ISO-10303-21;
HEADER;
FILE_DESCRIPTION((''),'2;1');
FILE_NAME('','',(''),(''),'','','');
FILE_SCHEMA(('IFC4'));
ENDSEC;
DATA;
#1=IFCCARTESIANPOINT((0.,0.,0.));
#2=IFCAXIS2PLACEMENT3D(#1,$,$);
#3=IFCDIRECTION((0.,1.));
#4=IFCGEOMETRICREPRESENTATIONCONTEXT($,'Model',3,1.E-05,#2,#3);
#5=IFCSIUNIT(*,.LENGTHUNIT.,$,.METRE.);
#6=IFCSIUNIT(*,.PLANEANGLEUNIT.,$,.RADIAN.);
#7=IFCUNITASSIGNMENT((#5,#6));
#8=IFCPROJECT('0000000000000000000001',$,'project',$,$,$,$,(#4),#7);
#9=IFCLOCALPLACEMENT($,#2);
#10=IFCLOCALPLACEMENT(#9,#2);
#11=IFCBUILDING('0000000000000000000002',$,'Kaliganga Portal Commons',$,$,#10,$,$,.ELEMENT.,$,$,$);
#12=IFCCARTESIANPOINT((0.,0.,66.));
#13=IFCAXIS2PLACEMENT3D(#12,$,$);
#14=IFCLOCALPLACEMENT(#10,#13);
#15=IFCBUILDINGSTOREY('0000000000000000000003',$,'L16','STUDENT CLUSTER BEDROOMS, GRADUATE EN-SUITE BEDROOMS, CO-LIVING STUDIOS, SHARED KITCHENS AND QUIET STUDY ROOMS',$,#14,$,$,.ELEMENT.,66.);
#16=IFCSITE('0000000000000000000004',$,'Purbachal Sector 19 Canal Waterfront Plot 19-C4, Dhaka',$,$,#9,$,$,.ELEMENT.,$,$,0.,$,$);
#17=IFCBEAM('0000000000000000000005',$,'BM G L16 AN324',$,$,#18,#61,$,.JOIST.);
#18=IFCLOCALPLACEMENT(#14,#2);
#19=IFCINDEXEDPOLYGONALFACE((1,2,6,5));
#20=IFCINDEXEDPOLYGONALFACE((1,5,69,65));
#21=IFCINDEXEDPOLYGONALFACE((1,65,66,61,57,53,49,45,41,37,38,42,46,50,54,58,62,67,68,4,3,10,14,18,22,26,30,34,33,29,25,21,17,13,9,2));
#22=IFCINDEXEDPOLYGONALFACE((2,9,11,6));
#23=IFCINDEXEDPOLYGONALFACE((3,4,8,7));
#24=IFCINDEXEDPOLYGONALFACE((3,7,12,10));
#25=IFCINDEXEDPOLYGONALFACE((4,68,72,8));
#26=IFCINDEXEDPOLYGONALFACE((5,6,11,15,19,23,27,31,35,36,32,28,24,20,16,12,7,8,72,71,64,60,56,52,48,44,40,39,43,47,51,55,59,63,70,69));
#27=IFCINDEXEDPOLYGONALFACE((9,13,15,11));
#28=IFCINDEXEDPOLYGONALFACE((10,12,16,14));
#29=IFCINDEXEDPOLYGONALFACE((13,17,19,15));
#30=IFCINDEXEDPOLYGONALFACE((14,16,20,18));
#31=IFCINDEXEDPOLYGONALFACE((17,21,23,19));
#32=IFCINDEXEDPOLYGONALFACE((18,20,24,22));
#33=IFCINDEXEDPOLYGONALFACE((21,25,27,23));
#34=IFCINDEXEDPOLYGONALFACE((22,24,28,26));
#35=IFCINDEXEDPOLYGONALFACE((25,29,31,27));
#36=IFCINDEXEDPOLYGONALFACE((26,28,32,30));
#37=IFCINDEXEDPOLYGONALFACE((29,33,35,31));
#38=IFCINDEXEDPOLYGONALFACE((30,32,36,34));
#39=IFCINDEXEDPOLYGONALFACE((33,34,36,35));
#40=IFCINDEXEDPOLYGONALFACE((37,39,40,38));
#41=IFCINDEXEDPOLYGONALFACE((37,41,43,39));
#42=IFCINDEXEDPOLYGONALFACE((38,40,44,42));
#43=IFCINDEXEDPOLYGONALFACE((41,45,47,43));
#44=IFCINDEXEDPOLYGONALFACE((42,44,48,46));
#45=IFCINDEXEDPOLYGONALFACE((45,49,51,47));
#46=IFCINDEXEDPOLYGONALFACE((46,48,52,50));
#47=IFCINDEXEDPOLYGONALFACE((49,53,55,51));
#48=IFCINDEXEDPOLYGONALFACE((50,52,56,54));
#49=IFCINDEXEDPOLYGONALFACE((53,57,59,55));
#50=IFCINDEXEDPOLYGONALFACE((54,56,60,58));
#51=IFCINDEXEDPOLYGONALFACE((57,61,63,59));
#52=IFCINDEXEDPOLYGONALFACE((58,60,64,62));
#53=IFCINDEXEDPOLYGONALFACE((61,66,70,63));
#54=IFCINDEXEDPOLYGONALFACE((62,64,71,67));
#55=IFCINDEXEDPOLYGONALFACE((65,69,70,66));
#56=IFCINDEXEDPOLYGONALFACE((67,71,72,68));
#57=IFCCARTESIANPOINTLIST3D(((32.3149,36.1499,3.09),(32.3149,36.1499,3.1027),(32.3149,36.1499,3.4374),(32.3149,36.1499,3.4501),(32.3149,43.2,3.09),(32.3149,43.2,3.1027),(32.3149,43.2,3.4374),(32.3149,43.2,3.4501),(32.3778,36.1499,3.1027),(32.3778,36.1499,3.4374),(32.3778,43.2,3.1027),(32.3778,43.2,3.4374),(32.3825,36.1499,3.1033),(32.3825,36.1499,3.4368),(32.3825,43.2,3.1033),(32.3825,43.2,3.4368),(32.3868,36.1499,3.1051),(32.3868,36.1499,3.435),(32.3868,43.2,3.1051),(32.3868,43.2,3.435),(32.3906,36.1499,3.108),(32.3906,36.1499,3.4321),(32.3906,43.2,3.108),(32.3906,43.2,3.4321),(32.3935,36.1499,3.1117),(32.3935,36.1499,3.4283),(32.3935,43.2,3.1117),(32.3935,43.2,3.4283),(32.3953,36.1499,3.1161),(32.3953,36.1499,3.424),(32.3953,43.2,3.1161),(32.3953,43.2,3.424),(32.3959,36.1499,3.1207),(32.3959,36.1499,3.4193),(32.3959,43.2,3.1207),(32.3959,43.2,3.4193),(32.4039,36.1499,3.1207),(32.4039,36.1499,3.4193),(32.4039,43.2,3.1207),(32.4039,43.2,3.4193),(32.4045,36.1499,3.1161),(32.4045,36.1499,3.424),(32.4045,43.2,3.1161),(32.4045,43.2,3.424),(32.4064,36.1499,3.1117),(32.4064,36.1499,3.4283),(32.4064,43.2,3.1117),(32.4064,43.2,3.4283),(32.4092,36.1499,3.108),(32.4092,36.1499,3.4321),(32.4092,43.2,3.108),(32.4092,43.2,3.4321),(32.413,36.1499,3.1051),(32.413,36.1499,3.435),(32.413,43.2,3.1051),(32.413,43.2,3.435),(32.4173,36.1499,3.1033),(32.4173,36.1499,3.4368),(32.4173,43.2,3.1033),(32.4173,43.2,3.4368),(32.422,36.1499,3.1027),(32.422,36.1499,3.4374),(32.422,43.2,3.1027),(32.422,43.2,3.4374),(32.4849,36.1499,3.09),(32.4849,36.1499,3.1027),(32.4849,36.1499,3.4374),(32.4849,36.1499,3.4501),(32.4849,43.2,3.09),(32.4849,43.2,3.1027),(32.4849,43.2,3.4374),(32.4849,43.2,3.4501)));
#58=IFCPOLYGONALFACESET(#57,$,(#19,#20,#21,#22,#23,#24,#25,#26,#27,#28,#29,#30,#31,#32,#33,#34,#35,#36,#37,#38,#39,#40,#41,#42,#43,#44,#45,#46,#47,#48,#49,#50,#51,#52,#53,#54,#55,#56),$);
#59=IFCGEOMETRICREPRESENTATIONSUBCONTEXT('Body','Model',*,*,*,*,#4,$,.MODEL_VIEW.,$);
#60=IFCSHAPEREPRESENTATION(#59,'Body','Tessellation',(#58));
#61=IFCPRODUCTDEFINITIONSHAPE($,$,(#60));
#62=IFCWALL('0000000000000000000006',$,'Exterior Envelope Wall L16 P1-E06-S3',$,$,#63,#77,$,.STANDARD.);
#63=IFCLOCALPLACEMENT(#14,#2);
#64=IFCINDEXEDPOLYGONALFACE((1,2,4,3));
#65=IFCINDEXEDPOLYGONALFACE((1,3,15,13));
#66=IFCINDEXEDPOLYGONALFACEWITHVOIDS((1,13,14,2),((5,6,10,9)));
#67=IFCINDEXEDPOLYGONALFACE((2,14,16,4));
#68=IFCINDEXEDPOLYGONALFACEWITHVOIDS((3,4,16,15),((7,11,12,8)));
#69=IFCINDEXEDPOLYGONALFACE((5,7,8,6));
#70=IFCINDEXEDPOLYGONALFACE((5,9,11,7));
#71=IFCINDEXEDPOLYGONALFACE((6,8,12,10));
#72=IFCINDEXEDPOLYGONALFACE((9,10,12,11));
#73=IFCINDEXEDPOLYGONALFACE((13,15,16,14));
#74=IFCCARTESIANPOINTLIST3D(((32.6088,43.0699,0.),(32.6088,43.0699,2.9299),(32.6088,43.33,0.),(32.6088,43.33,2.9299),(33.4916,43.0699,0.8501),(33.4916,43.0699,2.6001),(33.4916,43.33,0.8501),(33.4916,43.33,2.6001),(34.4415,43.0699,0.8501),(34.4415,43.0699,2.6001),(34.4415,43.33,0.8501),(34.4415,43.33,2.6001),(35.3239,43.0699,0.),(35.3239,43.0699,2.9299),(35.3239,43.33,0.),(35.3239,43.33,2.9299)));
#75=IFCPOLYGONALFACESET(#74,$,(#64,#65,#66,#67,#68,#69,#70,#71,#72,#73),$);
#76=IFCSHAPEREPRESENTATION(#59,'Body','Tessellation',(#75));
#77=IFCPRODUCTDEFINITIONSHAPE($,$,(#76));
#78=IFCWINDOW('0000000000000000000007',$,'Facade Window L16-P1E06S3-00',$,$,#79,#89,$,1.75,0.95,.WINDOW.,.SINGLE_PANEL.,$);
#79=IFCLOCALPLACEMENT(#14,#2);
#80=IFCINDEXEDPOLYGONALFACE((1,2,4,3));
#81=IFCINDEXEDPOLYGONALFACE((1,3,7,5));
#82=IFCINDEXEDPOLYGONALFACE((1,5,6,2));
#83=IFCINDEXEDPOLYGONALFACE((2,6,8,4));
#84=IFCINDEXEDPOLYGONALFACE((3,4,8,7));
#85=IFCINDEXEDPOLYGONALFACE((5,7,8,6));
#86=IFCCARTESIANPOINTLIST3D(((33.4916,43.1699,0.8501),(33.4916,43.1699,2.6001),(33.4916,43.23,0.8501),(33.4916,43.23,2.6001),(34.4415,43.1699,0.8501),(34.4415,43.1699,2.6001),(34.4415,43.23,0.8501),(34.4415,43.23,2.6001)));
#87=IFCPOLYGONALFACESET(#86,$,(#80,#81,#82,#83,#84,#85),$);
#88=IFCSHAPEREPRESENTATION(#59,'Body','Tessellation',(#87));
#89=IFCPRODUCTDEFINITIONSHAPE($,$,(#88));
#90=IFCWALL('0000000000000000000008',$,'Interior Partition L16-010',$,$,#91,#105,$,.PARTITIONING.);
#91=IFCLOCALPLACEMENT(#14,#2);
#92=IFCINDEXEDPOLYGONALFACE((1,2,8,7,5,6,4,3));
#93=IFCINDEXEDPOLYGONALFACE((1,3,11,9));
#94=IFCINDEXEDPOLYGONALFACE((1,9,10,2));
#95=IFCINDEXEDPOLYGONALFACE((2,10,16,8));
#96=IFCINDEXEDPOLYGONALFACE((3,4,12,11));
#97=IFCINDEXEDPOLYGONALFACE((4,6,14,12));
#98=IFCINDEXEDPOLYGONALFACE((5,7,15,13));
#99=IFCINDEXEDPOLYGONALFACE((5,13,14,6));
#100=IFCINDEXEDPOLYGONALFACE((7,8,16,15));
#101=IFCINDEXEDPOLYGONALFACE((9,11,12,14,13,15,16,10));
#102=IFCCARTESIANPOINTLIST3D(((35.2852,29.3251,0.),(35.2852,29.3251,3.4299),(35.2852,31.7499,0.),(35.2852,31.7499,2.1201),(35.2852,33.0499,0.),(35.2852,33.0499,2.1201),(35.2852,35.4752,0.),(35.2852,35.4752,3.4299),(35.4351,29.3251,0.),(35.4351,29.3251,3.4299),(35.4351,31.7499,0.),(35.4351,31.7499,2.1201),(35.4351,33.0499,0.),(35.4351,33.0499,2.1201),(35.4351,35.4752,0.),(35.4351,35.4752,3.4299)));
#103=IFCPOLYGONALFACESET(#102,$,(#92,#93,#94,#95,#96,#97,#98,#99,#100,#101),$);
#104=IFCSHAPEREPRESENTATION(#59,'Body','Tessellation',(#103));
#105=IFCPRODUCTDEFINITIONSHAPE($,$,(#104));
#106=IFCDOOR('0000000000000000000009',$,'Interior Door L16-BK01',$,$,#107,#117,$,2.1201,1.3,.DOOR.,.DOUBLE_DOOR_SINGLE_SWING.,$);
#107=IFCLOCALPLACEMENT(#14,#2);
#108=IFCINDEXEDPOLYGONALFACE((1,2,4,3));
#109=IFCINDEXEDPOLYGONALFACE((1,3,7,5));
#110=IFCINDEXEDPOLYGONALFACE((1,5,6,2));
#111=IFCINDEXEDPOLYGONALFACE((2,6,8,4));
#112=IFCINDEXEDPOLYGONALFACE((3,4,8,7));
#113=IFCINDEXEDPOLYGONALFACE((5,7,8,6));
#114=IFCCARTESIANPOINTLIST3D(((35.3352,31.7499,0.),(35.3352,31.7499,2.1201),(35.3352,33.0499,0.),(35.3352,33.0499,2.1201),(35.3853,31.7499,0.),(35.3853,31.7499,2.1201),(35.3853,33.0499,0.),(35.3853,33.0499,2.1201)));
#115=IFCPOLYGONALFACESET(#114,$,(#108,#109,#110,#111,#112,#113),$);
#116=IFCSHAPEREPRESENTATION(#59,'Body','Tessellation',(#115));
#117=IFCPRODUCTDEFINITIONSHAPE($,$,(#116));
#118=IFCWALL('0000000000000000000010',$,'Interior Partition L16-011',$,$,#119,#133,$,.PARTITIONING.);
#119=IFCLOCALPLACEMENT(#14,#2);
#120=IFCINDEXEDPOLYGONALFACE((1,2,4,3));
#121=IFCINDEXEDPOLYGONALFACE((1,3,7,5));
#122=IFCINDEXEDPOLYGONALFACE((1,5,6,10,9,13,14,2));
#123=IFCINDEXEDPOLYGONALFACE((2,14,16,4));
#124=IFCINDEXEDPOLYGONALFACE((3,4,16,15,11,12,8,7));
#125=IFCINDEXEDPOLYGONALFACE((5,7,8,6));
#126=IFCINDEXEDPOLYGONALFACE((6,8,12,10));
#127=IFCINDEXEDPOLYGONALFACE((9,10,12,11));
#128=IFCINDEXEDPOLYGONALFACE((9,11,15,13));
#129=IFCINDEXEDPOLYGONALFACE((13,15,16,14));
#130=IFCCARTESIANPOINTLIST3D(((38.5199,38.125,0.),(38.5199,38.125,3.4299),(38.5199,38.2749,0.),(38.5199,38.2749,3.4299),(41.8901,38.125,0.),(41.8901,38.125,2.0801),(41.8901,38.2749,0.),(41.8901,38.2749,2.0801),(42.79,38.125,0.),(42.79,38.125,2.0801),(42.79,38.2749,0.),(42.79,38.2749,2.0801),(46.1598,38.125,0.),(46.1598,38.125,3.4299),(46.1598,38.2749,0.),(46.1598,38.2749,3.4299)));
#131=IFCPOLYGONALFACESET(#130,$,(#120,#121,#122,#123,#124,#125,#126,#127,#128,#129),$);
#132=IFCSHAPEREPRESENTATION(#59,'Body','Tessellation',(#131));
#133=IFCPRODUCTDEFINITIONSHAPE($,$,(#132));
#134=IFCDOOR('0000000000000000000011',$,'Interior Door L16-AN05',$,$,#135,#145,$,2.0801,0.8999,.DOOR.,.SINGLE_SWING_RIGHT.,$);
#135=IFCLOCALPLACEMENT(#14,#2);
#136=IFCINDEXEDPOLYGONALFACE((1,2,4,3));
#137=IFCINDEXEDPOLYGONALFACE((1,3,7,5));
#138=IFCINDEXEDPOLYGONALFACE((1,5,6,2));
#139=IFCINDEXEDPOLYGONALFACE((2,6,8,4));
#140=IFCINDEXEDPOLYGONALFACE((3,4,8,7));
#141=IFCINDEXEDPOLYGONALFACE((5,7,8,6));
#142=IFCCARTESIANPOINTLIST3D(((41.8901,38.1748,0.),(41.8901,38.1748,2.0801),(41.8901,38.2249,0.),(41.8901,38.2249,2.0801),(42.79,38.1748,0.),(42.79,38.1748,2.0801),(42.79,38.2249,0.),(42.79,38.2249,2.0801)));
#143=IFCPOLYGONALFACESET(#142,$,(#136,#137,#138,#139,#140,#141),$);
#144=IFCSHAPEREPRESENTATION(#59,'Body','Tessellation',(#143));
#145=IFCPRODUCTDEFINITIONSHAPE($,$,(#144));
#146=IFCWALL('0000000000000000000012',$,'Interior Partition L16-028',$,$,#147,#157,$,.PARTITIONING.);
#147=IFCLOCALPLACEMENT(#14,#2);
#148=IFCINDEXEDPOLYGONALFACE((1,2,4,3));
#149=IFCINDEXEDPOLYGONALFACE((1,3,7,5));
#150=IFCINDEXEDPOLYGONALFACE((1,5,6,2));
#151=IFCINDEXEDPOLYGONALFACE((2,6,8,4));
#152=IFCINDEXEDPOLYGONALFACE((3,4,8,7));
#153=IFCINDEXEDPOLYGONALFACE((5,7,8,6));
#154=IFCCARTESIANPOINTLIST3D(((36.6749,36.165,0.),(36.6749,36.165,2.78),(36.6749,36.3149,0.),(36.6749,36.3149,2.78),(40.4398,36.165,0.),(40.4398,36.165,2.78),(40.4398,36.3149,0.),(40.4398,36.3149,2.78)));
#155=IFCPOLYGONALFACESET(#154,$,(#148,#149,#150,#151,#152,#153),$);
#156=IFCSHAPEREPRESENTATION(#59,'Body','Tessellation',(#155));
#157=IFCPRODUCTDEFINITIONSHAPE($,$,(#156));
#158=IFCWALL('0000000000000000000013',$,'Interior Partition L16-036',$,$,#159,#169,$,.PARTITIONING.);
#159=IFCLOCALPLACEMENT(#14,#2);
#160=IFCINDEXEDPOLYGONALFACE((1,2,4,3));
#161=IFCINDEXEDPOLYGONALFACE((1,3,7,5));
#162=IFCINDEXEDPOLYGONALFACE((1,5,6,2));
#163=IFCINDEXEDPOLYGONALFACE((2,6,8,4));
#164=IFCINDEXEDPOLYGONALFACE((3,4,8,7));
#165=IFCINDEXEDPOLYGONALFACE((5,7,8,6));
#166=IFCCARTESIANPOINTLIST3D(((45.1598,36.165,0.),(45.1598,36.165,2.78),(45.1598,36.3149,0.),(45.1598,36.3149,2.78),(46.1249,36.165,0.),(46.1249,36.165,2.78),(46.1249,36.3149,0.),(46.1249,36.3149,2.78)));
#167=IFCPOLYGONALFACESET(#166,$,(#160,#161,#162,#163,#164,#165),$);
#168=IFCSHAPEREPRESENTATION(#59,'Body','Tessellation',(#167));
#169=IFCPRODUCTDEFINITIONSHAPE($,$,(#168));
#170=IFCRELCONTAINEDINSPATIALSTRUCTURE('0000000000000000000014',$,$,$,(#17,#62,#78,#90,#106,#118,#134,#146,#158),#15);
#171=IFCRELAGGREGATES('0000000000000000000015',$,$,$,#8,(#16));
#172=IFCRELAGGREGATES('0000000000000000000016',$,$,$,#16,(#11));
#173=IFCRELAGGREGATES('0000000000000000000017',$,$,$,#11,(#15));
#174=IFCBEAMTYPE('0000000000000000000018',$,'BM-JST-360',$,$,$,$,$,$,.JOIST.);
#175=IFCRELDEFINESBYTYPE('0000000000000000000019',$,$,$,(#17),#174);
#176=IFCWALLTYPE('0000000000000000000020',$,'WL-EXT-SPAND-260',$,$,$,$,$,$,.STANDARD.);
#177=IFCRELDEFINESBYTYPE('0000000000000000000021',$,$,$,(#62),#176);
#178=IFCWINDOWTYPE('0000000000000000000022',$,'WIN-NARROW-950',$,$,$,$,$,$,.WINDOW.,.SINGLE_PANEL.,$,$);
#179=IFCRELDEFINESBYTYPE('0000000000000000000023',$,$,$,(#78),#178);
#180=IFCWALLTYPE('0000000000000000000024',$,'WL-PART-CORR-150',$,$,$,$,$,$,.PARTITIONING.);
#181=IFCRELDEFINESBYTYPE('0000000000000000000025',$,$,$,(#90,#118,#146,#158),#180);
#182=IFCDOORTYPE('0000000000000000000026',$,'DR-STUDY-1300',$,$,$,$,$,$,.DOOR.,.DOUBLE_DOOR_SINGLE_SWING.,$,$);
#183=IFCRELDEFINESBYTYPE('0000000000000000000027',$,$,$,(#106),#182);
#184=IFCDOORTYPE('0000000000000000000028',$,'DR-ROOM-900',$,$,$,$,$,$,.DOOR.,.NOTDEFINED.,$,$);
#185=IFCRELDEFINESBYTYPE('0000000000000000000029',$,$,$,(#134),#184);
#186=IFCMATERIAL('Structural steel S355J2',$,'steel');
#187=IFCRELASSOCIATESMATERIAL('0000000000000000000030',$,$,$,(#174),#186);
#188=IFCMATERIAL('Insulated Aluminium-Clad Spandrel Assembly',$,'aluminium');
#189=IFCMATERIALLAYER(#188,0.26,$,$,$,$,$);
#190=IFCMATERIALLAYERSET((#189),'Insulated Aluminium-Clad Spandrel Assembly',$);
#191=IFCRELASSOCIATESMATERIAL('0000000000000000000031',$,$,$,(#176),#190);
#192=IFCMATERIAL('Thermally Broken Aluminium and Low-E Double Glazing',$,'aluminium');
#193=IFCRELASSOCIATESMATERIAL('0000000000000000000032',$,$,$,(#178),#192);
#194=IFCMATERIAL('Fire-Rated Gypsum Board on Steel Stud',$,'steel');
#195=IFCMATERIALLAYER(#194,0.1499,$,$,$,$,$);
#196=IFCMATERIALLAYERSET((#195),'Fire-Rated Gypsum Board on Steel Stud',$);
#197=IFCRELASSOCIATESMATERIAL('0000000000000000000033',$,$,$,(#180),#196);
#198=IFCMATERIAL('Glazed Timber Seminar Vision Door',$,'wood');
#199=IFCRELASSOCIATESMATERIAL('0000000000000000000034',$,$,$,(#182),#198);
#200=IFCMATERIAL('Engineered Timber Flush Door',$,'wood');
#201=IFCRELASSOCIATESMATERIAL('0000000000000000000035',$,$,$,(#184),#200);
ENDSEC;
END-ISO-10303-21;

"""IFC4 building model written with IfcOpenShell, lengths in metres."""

from ifc_helpers import new_model, si_unit, direction, frame, frame_2d, origin, origin_2d, place, context, subcontext, project, spatial, rectangle, i_section, extrude, source, transform, mapped, material, layer, layer_set, material_profile, profile_set, type_object, element, fill, save


model = new_model("IFC4")

# Units and contexts
model_context = context("Model", 3, precision=1e-05, world=origin(), true_north=direction((0.0, 1.0)))
body_context = subcontext(model_context, "Body", "Model", "MODEL_VIEW")
ifc_project = project(units=[si_unit("LENGTHUNIT", "METRE"), si_unit("PLANEANGLEUNIT", "RADIAN")], contexts=[model_context])

# Site, building, storey
site_placement = place(None, origin())
site = spatial("IfcSite", under=ifc_project, at=site_placement, Name="Purbachal Sector 19 Canal Waterfront Plot 19-C4, Dhaka", CompositionType="ELEMENT", RefElevation=0.0)
building_placement = place(site_placement, origin())
building = spatial("IfcBuilding", under=site, at=building_placement, Name="Kaliganga Portal Commons", CompositionType="ELEMENT")
storey_placement = place(building_placement, frame((0.0, 0.0, 66.0)))
storey = spatial("IfcBuildingStorey", under=building, at=storey_placement, Name="L16", Description="STUDENT CLUSTER BEDROOMS, GRADUATE EN-SUITE BEDROOMS, CO-LIVING STUDIOS, SHARED KITCHENS AND QUIET STUDY ROOMS", CompositionType="ELEMENT", Elevation=66.0)

# Beam
ifc_material_1 = material(Name="Structural steel S355J2", Category="steel")
ifc_material_profile_1 = material_profile(ifc_material_1, i_section(OverallWidth=0.1699, OverallDepth=0.3601, WebThickness=0.0081, FlangeThickness=0.0127, FilletRadius=0.0181, at=origin_2d()), Name="IPE 360")
ifc_profile_set_1 = profile_set([ifc_material_profile_1], Name="Structural steel S355J2 wide-flange")
beam_type_1 = type_object("IfcBeamType", Name="BM-JST-360", PredefinedType="JOIST", material=ifc_profile_set_1)
shared_shape_1 = source(origin(), body_context, "Body", "SweptSolid", [
    extrude(i_section(OverallWidth=0.1699, OverallDepth=0.3601, WebThickness=0.0081, FlangeThickness=0.0127, FilletRadius=0.0181, at=origin_2d()), origin(), (0.0, 0.0, 1.0), 7.05),
])
beam_1_placement = place(storey_placement, frame((32.3999, 36.1499, 3.27), z_axis=(0.0, 1.0, 0.0), x_axis=(-1.0, 0.0, 0.0)))
element("IfcBeam", 1, at=beam_1_placement, inside=storey, type_object=beam_type_1, Name="BM G L16 AN324", PredefinedType="JOIST", context=body_context, shape_type="MappedRepresentation", body=[
    mapped(shared_shape_1, transform((0.0, 0.0, 0.0), x_axis=(1.0, 0.0, 0.0), y_axis=(0.0, 1.0, 0.0), z_axis=(0.0, 0.0, 1.0), scale=1.0)),
])

# Shared definitions
ifc_material_2 = material(Name="Insulated Aluminium-Clad Spandrel Assembly", Category="aluminium")
ifc_layer_1 = layer(ifc_material_2, 0.26)
ifc_layer_set_1 = layer_set([ifc_layer_1], Name="Insulated Aluminium-Clad Spandrel Assembly")
wall_type_1 = type_object("IfcWallType", Name="WL-EXT-SPAND-260", PredefinedType="STANDARD", material=ifc_layer_set_1)
ifc_material_3 = material(Name="Thermally Broken Aluminium and Low-E Double Glazing", Category="aluminium")

# Wall, opening, window
wall_1_placement = place(storey_placement, frame((32.6089, 43.2, 0.0), z_axis=(0.0, 0.0, 1.0), x_axis=(1.0, 0.0, 0.0)))
wall_1 = element("IfcWall", 2, at=wall_1_placement, inside=storey, type_object=wall_type_1, Name="Exterior Envelope Wall L16 P1-E06-S3", PredefinedType="STANDARD", context=body_context, shape_type="SweptSolid", body=[
    extrude(rectangle(XDim=2.7151, YDim=0.26, at=frame_2d((1.3574, 0.0))), origin(), (0.0, 0.0, 1.0), 2.9299),
])
opening_1_placement = place(wall_1_placement, frame((0.8826, 0.0, 0.8501)))
opening_1 = element("IfcOpeningElement", 3, at=opening_1_placement, cuts=wall_1, PredefinedType="OPENING", context=body_context, shape_type="SweptSolid", body=[
    extrude(rectangle(XDim=0.95, YDim=1.75, at=frame_2d((0.4751, 0.875))), frame((0.0, 0.1401, 0.0), z_axis=(0.0, -1.0, 0.0), x_axis=(1.0, 0.0, 0.0)), (0.0, 0.0, 1.0), 0.28),
])
window_type_1 = type_object("IfcWindowType", Name="WIN-NARROW-950", PartitioningType="SINGLE_PANEL", PredefinedType="WINDOW", material=ifc_material_3)
window_1_placement = place(opening_1_placement, origin())
window_1 = element("IfcWindow", 4, at=window_1_placement, inside=storey, type_object=window_type_1, Name="Facade Window L16-P1E06S3-00", OverallHeight=1.75, OverallWidth=0.95, PartitioningType="SINGLE_PANEL", PredefinedType="WINDOW", context=body_context, shape_type="SweptSolid", body=[
    extrude(rectangle(XDim=0.95, YDim=1.75, at=frame_2d((0.4751, 0.875))), frame((0.0, 0.03, 0.0), z_axis=(0.0, -1.0, 0.0), x_axis=(1.0, 0.0, 0.0)), (0.0, 0.0, 1.0), 0.0601),
])
fill(opening_1, window_1)

# Walls, openings, doors
ifc_material_4 = material(Name="Fire-Rated Gypsum Board on Steel Stud", Category="steel")
ifc_layer_2 = layer(ifc_material_4, 0.1499)
ifc_layer_set_2 = layer_set([ifc_layer_2], Name="Fire-Rated Gypsum Board on Steel Stud")
wall_type_2 = type_object("IfcWallType", Name="WL-PART-CORR-150", PredefinedType="PARTITIONING", material=ifc_layer_set_2)
wall_2_placement = place(storey_placement, frame((35.3601, 29.325, 0.0), z_axis=(0.0, 0.0, 1.0), x_axis=(0.0, 1.0, 0.0)))
wall_2 = element("IfcWall", 5, at=wall_2_placement, inside=storey, type_object=wall_type_2, Name="Interior Partition L16-010", PredefinedType="PARTITIONING", context=body_context, shape_type="SweptSolid", body=[
    extrude(rectangle(XDim=6.1501, YDim=0.1499, at=frame_2d((3.0752, 0.0))), origin(), (0.0, 0.0, 1.0), 3.4299),
])
opening_2_placement = place(wall_2_placement, frame((2.425, 0.0, 0.0)))
opening_2 = element("IfcOpeningElement", 6, at=opening_2_placement, cuts=wall_2, PredefinedType="OPENING", context=body_context, shape_type="SweptSolid", body=[
    extrude(rectangle(XDim=1.3, YDim=2.1201, at=frame_2d((0.6499, 1.0601))), frame((0.0, 0.085, 0.0), z_axis=(0.0, -1.0, 0.0), x_axis=(1.0, 0.0, 0.0)), (0.0, 0.0, 1.0), 0.1699),
])
ifc_material_5 = material(Name="Glazed Timber Seminar Vision Door", Category="wood")
door_type_1 = type_object("IfcDoorType", Name="DR-STUDY-1300", OperationType="DOUBLE_DOOR_SINGLE_SWING", PredefinedType="DOOR", material=ifc_material_5)
door_1_placement = place(opening_2_placement, origin())
door_1 = element("IfcDoor", 7, at=door_1_placement, inside=storey, type_object=door_type_1, Name="Interior Door L16-BK01", OperationType="DOUBLE_DOOR_SINGLE_SWING", OverallHeight=2.1201, OverallWidth=1.3, PredefinedType="DOOR", context=body_context, shape_type="SweptSolid", body=[
    extrude(rectangle(XDim=1.3, YDim=2.1201, at=frame_2d((0.6499, 1.0601))), frame((0.0, 0.0249, 0.0), z_axis=(0.0, -1.0, 0.0), x_axis=(1.0, 0.0, 0.0)), (0.0, 0.0, 1.0), 0.05),
])
fill(opening_2, door_1)
wall_3_placement = place(storey_placement, frame((38.52, 38.2, 0.0), z_axis=(0.0, 0.0, 1.0), x_axis=(1.0, 0.0, 0.0)))
wall_3 = element("IfcWall", 8, at=wall_3_placement, inside=storey, type_object=wall_type_2, Name="Interior Partition L16-011", PredefinedType="PARTITIONING", context=body_context, shape_type="SweptSolid", body=[
    extrude(rectangle(XDim=7.6399, YDim=0.1499, at=frame_2d((3.8198, 0.0))), origin(), (0.0, 0.0, 1.0), 3.4299),
])
opening_3_placement = place(wall_3_placement, frame((3.3701, 0.0, 0.0)))
opening_3 = element("IfcOpeningElement", 9, at=opening_3_placement, cuts=wall_3, PredefinedType="OPENING", context=body_context, shape_type="SweptSolid", body=[
    extrude(rectangle(XDim=0.8999, YDim=2.0801, at=frame_2d((0.45, 1.04))), frame((0.0, 0.085, 0.0), z_axis=(0.0, -1.0, 0.0), x_axis=(1.0, 0.0, 0.0)), (0.0, 0.0, 1.0), 0.1699),
])
ifc_material_6 = material(Name="Engineered Timber Flush Door", Category="wood")
door_type_2 = type_object("IfcDoorType", Name="DR-ROOM-900", OperationType="NOTDEFINED", PredefinedType="DOOR", material=ifc_material_6)
door_2_placement = place(opening_3_placement, origin())
door_2 = element("IfcDoor", 10, at=door_2_placement, inside=storey, type_object=door_type_2, Name="Interior Door L16-AN05", OperationType="SINGLE_SWING_RIGHT", OverallHeight=2.0801, OverallWidth=0.8999, PredefinedType="DOOR", context=body_context, shape_type="SweptSolid", body=[
    extrude(rectangle(XDim=0.8999, YDim=2.0801, at=frame_2d((0.45, 1.04))), frame((0.0, 0.0249, 0.0), z_axis=(0.0, -1.0, 0.0), x_axis=(1.0, 0.0, 0.0)), (0.0, 0.0, 1.0), 0.05),
])
fill(opening_3, door_2)

# Wall
wall_4_placement = place(storey_placement, frame((36.675, 36.24, 0.0), z_axis=(0.0, 0.0, 1.0), x_axis=(1.0, 0.0, 0.0)))
element("IfcWall", 11, at=wall_4_placement, inside=storey, type_object=wall_type_2, Name="Interior Partition L16-028", PredefinedType="PARTITIONING", context=body_context, shape_type="SweptSolid", body=[
    extrude(rectangle(XDim=3.7649, YDim=0.1499, at=frame_2d((1.8823, 0.0))), origin(), (0.0, 0.0, 1.0), 2.78),
])

# Wall
wall_5_placement = place(storey_placement, frame((45.1599, 36.24, 0.0), z_axis=(0.0, 0.0, 1.0), x_axis=(1.0, 0.0, 0.0)))
element("IfcWall", 12, at=wall_5_placement, inside=storey, type_object=wall_type_2, Name="Interior Partition L16-036", PredefinedType="PARTITIONING", context=body_context, shape_type="SweptSolid", body=[
    extrude(rectangle(XDim=0.9651, YDim=0.1499, at=frame_2d((0.4824, 0.0))), origin(), (0.0, 0.0, 1.0), 2.78),
])

save(model, "model.ifc")
